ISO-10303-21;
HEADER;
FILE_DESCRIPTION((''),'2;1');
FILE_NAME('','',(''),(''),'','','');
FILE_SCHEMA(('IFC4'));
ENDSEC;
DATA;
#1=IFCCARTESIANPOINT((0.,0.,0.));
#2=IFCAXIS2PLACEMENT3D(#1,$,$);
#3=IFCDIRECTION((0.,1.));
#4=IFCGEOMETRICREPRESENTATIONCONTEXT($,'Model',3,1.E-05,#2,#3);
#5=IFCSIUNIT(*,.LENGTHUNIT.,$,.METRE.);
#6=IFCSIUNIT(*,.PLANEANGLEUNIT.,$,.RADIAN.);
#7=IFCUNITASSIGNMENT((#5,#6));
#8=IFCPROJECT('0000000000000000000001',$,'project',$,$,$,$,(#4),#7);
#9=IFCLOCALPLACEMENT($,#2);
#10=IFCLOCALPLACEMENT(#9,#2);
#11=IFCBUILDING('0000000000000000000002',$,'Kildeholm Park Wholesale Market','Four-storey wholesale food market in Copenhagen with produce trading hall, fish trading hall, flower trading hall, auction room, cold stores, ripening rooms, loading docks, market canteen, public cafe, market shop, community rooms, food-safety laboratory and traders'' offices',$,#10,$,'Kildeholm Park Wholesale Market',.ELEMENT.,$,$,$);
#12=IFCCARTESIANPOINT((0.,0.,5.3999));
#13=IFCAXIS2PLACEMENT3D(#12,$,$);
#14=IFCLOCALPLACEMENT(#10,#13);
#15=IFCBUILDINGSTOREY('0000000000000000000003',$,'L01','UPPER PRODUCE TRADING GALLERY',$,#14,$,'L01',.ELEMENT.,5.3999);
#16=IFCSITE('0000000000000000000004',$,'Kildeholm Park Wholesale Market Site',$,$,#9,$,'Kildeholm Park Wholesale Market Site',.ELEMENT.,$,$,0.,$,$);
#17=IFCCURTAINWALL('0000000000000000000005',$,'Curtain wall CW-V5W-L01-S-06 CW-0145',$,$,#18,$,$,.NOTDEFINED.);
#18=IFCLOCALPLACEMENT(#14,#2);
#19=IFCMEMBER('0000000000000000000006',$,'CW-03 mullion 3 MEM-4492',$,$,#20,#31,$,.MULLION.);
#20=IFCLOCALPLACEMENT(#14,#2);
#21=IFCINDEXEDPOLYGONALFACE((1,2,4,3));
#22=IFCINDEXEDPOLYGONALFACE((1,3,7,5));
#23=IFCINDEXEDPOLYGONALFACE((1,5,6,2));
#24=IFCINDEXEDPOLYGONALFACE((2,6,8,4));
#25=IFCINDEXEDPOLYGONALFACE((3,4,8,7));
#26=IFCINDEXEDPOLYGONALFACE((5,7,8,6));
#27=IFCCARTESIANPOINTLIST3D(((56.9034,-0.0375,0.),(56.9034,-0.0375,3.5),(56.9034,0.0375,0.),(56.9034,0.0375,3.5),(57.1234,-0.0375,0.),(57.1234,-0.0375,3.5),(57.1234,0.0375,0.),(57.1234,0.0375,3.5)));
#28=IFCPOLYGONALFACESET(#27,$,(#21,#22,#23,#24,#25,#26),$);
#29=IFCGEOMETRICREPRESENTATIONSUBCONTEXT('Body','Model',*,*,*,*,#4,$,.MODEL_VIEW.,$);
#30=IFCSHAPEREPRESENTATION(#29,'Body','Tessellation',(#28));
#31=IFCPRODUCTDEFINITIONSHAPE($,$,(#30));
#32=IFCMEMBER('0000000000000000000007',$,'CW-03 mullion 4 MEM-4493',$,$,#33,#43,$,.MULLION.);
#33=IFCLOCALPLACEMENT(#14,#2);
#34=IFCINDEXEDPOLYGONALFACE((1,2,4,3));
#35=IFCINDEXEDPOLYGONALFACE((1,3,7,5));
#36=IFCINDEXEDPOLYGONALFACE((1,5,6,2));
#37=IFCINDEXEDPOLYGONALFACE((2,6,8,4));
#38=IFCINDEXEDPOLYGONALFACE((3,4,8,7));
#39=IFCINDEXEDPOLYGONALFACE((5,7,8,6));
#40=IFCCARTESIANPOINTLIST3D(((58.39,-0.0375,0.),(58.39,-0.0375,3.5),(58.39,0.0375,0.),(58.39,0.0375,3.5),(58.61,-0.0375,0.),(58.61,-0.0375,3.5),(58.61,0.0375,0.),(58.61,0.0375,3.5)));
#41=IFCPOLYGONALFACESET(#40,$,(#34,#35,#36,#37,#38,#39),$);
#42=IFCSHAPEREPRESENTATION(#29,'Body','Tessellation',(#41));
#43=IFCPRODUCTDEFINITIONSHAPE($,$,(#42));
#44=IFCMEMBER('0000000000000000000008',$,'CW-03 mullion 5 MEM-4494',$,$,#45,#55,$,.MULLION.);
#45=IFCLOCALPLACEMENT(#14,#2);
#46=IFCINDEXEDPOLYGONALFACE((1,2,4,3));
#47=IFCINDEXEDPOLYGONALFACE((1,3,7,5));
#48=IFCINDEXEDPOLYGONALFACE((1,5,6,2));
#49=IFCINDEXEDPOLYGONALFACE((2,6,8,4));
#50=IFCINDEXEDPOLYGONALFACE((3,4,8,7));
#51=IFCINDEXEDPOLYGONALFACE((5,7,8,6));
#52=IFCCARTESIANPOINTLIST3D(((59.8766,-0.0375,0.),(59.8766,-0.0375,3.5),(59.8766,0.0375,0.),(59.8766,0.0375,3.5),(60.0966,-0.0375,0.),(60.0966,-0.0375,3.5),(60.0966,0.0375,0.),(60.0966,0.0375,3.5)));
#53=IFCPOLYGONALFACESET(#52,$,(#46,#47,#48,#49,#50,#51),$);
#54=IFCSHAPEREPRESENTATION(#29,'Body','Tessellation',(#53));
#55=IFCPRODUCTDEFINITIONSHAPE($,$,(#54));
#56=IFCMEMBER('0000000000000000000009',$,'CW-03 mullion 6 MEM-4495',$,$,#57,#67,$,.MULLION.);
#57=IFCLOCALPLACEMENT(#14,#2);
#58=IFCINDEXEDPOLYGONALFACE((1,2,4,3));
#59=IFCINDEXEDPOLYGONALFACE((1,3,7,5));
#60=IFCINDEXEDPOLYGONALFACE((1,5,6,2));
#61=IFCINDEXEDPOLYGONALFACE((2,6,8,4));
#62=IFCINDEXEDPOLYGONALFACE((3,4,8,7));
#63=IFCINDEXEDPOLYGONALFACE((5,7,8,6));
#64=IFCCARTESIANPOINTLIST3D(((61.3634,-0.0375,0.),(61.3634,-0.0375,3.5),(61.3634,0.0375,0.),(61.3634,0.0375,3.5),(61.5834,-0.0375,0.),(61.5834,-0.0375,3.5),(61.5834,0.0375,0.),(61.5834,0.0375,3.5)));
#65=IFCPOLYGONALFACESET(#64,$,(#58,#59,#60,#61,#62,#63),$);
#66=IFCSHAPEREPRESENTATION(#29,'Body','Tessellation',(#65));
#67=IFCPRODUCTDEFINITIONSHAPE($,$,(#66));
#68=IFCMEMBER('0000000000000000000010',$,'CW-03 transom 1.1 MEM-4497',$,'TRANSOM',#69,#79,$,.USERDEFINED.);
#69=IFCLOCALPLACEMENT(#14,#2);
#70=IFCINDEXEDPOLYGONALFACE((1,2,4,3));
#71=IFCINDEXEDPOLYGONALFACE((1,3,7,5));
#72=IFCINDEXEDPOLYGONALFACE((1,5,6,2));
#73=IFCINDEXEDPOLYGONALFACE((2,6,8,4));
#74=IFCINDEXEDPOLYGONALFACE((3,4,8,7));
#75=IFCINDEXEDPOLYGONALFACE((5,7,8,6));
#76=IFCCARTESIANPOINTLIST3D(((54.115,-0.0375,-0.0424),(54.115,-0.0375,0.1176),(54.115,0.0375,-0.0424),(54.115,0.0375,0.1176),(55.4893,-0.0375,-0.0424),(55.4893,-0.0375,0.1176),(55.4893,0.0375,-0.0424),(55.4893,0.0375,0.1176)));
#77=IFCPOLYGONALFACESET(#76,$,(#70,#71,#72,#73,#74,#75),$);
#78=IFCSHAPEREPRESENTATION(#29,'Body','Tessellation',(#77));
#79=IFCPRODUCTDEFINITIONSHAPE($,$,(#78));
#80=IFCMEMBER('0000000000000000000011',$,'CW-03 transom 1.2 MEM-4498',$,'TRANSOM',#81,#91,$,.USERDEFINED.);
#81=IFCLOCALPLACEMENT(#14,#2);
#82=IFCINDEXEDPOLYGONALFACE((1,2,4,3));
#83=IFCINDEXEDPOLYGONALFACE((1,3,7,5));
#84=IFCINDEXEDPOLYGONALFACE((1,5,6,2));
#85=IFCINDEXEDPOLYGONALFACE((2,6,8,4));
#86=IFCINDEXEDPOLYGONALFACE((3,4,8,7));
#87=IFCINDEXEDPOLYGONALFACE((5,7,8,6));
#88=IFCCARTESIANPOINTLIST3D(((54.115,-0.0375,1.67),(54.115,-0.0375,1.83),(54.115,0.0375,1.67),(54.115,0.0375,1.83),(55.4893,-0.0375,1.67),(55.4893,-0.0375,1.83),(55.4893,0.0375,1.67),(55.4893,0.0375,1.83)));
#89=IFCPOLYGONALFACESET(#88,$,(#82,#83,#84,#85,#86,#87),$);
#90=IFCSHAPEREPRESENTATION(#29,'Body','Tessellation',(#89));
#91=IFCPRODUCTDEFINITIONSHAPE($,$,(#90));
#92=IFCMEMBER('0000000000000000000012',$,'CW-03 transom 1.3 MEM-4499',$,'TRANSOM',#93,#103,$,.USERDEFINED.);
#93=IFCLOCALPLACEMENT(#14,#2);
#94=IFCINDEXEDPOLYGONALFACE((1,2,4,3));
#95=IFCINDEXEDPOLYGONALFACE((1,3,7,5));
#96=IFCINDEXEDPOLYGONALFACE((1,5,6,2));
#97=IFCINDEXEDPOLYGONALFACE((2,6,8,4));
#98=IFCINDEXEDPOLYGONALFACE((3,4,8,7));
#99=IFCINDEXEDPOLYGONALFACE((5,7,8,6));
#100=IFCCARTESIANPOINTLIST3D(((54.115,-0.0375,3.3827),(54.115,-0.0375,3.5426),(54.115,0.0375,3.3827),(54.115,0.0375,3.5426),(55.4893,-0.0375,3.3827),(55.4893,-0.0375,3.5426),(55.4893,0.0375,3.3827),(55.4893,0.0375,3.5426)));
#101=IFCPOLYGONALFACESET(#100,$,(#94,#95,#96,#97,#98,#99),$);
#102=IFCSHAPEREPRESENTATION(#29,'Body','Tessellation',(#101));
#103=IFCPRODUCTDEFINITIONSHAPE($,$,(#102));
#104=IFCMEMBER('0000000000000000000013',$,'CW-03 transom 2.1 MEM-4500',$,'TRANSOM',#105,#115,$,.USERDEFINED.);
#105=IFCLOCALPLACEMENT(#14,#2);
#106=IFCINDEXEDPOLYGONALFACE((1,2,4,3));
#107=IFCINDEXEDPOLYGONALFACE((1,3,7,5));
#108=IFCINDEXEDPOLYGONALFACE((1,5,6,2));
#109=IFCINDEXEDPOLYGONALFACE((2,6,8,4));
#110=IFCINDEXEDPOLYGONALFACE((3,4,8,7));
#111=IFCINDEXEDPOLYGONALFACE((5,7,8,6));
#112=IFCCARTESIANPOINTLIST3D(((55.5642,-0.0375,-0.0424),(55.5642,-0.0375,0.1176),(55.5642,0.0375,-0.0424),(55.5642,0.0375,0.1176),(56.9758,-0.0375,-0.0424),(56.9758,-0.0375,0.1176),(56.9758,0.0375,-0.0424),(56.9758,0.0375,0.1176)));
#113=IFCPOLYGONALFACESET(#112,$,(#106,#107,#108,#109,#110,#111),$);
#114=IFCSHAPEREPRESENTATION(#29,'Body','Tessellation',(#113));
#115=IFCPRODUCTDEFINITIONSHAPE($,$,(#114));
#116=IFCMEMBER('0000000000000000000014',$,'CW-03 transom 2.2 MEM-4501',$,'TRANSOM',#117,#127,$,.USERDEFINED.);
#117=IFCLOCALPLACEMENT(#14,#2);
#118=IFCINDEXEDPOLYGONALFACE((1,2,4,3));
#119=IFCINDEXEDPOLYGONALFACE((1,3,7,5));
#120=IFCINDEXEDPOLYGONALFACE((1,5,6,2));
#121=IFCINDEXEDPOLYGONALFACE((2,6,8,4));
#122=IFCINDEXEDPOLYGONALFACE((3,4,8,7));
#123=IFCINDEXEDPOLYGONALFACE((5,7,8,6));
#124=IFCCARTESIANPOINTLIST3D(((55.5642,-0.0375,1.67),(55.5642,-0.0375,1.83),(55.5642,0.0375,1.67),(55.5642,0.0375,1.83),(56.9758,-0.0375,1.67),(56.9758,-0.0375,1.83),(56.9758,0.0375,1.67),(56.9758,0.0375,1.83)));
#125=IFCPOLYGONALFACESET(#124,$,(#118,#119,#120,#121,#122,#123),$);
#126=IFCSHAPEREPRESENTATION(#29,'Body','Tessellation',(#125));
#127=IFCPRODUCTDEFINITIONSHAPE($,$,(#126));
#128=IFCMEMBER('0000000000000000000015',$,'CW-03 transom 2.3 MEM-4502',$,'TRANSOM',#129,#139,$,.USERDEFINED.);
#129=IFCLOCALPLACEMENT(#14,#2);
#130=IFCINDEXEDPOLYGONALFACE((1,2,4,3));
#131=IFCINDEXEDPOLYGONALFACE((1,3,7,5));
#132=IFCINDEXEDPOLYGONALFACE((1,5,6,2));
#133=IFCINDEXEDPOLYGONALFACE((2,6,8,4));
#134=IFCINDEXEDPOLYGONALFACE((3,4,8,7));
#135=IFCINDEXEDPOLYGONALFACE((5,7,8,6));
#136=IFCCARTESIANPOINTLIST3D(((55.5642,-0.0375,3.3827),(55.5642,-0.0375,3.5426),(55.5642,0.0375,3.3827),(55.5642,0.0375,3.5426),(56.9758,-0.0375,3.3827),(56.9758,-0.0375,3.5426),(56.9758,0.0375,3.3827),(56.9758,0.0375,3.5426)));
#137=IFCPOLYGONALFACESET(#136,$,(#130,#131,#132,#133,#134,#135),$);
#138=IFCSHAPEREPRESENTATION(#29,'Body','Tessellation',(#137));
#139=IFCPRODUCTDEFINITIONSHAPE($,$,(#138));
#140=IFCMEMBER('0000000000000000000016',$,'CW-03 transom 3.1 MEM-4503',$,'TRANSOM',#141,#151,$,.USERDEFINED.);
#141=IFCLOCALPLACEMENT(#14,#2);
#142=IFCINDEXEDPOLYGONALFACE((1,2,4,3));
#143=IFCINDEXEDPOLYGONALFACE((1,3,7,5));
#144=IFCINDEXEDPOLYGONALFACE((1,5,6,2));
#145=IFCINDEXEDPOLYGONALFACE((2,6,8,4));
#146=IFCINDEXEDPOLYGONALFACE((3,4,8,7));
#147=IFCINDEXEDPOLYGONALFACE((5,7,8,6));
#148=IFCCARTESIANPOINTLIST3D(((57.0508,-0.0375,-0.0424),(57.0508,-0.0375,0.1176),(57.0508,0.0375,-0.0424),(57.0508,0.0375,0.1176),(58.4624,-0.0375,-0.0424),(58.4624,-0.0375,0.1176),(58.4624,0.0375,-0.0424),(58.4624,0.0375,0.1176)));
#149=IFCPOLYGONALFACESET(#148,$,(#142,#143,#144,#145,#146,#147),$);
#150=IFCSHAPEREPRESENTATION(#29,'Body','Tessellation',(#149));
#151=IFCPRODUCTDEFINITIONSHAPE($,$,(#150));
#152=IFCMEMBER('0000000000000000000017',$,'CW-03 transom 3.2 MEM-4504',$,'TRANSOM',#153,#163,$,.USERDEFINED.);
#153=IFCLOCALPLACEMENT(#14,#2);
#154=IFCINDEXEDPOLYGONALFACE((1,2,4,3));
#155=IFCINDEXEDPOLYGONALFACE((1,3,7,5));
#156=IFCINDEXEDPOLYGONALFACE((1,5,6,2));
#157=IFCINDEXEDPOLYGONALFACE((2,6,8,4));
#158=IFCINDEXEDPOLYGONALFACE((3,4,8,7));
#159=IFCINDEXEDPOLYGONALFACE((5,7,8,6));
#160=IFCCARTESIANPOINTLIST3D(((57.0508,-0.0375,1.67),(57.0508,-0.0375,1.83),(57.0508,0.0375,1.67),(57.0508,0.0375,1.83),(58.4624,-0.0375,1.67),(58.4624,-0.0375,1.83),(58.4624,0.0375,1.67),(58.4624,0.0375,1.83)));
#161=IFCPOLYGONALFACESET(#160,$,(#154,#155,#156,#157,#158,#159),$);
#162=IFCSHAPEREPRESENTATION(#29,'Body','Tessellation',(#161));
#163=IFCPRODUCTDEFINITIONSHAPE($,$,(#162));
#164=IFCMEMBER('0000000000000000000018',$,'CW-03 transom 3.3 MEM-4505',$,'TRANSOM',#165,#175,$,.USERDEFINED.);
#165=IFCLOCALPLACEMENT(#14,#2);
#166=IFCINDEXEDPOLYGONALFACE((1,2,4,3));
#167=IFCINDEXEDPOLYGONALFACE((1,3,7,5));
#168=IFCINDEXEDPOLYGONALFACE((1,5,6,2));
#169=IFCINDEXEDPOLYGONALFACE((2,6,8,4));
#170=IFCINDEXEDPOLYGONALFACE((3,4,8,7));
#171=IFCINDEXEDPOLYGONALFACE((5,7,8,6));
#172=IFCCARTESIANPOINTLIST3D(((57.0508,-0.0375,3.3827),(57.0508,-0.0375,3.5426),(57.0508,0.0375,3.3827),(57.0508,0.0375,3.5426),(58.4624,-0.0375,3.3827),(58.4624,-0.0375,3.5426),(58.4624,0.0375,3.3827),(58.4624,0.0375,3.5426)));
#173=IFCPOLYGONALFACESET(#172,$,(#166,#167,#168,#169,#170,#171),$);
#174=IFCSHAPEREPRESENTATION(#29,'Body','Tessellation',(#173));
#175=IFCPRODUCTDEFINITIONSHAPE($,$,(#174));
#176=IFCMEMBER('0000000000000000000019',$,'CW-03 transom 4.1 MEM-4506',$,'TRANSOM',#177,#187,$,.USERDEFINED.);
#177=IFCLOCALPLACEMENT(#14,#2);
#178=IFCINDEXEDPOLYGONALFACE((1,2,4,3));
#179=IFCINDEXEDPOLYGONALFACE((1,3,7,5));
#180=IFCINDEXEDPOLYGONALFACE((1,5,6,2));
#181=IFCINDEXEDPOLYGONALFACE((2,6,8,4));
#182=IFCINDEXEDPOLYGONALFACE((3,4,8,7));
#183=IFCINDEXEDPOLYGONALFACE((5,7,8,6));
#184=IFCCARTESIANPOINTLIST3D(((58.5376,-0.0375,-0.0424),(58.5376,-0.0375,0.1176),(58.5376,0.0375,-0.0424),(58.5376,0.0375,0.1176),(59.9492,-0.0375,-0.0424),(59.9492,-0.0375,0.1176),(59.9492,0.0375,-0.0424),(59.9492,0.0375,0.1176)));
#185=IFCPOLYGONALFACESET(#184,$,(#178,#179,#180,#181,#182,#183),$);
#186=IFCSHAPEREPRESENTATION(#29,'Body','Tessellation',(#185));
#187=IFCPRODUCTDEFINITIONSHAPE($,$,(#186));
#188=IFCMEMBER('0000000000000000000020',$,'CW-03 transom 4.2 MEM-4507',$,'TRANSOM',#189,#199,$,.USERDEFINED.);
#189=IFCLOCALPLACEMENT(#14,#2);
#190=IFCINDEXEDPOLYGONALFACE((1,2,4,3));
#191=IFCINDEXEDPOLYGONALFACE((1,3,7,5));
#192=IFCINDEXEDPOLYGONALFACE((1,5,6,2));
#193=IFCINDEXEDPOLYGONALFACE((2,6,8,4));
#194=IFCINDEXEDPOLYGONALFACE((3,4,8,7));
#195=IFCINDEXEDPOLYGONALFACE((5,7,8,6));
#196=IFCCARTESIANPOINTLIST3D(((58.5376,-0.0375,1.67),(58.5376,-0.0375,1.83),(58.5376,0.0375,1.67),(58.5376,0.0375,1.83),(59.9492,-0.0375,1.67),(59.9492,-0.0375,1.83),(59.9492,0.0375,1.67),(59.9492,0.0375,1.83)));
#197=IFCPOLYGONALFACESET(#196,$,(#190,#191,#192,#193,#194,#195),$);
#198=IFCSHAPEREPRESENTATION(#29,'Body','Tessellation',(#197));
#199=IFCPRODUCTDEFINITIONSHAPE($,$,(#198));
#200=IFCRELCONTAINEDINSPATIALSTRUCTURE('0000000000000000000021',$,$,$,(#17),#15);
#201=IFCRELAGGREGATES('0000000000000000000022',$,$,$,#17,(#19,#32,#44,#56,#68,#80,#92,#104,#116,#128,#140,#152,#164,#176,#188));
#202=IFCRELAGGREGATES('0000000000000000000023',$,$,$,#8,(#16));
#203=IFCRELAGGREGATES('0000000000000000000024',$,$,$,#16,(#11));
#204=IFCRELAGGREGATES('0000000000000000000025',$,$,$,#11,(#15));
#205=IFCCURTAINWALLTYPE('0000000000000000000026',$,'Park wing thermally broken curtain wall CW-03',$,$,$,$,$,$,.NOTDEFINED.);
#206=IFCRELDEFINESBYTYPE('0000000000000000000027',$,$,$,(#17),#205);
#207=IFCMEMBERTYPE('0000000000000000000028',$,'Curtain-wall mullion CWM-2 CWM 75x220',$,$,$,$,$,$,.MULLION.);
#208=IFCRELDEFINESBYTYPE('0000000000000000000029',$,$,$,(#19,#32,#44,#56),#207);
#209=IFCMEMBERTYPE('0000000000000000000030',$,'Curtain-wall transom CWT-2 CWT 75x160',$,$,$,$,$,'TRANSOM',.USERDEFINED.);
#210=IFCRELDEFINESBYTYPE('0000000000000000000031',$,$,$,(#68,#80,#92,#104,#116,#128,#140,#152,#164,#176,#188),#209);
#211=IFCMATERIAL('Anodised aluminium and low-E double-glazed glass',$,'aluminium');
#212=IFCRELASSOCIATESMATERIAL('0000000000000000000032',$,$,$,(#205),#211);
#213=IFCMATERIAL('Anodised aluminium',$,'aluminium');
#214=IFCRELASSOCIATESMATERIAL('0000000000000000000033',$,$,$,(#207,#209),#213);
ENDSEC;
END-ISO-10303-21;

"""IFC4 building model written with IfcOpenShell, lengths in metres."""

from ifc_helpers import new_model, si_unit, direction, frame, origin, origin_2d, place, context, subcontext, project, spatial, rectangle, extrude, material, material_profile, profile_set, type_object, element, aggregate, save


model = new_model("IFC4")

# Units and contexts
model_context = context("Model", 3, precision=1e-05, world=origin(), true_north=direction((0.0, 1.0)))
body_context = subcontext(model_context, "Body", "Model", "MODEL_VIEW")
ifc_project = project(units=[si_unit("LENGTHUNIT", "METRE"), si_unit("PLANEANGLEUNIT", "RADIAN")], contexts=[model_context])

# Site, building, storey
site_placement = place(None, origin())
site = spatial("IfcSite", under=ifc_project, at=site_placement, Name="Kildeholm Park Wholesale Market Site", LongName="Kildeholm Park Wholesale Market Site", CompositionType="ELEMENT", RefElevation=0.0)
building_placement = place(site_placement, origin())
building = spatial("IfcBuilding", under=site, at=building_placement, Name="Kildeholm Park Wholesale Market", Description="Four-storey wholesale food market in Copenhagen with produce trading hall, fish trading hall, flower trading hall, auction room, cold stores, ripening rooms, loading docks, market canteen, public cafe, market shop, community rooms, food-safety laboratory and traders' offices", LongName="Kildeholm Park Wholesale Market", CompositionType="ELEMENT")
storey_placement = place(building_placement, frame((0.0, 0.0, 5.3999)))
storey = spatial("IfcBuildingStorey", under=building, at=storey_placement, Name="L01", Description="UPPER PRODUCE TRADING GALLERY", LongName="L01", CompositionType="ELEMENT", Elevation=5.3999)

# Curtain wall, members
ifc_material_1 = material(Name="Anodised aluminium and low-E double-glazed glass", Category="aluminium")
curtain_wall_type = type_object("IfcCurtainWallType", Name="Park wing thermally broken curtain wall CW-03", PredefinedType="NOTDEFINED", material=ifc_material_1)
curtain_wall_placement = place(storey_placement, origin())
curtain_wall = element("IfcCurtainWall", 1, at=curtain_wall_placement, inside=storey, type_object=curtain_wall_type, Name="Curtain wall CW-V5W-L01-S-06 CW-0145", PredefinedType="NOTDEFINED")
ifc_material_2 = material(Name="Anodised aluminium", Category="aluminium")
ifc_material_profile_1 = material_profile(ifc_material_2, rectangle(XDim=0.075, YDim=0.22, at=origin_2d()), Name="CWM 75x220")
ifc_profile_set_1 = profile_set([ifc_material_profile_1], Name="Anodised aluminium")
member_type_1 = type_object("IfcMemberType", Name="Curtain-wall mullion CWM-2 CWM 75x220", PredefinedType="MULLION", material=ifc_profile_set_1)
member_1_placement = place(storey_placement, frame((57.0134, 0.0, 0.0), z_axis=(0.0, 0.0, 1.0), x_axis=(0.0, 1.0, 0.0)))
member_1 = element("IfcMember", 2, at=member_1_placement, type_object=member_type_1, Name="CW-03 mullion 3 MEM-4492", PredefinedType="MULLION", context=body_context, shape_type="SweptSolid", body=[
    extrude(rectangle(XDim=0.075, YDim=0.22, at=origin_2d()), origin(), (0.0, 0.0, 1.0), 3.5),
])
member_2_placement = place(storey_placement, frame((58.5, 0.0, 0.0), z_axis=(0.0, 0.0, 1.0), x_axis=(0.0, 1.0, 0.0)))
member_2 = element("IfcMember", 3, at=member_2_placement, type_object=member_type_1, Name="CW-03 mullion 4 MEM-4493", PredefinedType="MULLION", context=body_context, shape_type="SweptSolid", body=[
    extrude(rectangle(XDim=0.075, YDim=0.22, at=origin_2d()), origin(), (0.0, 0.0, 1.0), 3.5),
])
member_3_placement = place(storey_placement, frame((59.9866, 0.0, 0.0), z_axis=(0.0, 0.0, 1.0), x_axis=(0.0, 1.0, 0.0)))
member_3 = element("IfcMember", 4, at=member_3_placement, type_object=member_type_1, Name="CW-03 mullion 5 MEM-4494", PredefinedType="MULLION", context=body_context, shape_type="SweptSolid", body=[
    extrude(rectangle(XDim=0.075, YDim=0.22, at=origin_2d()), origin(), (0.0, 0.0, 1.0), 3.5),
])
member_4_placement = place(storey_placement, frame((61.4734, 0.0, 0.0), z_axis=(0.0, 0.0, 1.0), x_axis=(0.0, 1.0, 0.0)))
member_4 = element("IfcMember", 5, at=member_4_placement, type_object=member_type_1, Name="CW-03 mullion 6 MEM-4495", PredefinedType="MULLION", context=body_context, shape_type="SweptSolid", body=[
    extrude(rectangle(XDim=0.075, YDim=0.22, at=origin_2d()), origin(), (0.0, 0.0, 1.0), 3.5),
])
ifc_material_profile_2 = material_profile(ifc_material_2, rectangle(XDim=0.075, YDim=0.1599, at=origin_2d()), Name="CWT 75x160")
ifc_profile_set_2 = profile_set([ifc_material_profile_2], Name="Anodised aluminium")
member_type_2 = type_object("IfcMemberType", Name="Curtain-wall transom CWT-2 CWT 75x160", ElementType="TRANSOM", PredefinedType="USERDEFINED", material=ifc_profile_set_2)
member_5_placement = place(storey_placement, frame((54.115, 0.0, 0.0376), z_axis=(1.0, 0.0, 0.0), x_axis=(0.0, 1.0, 0.0)))
member_5 = element("IfcMember", 6, at=member_5_placement, type_object=member_type_2, Name="CW-03 transom 1.1 MEM-4497", ObjectType="TRANSOM", PredefinedType="USERDEFINED", context=body_context, shape_type="SweptSolid", body=[
    extrude(rectangle(XDim=0.075, YDim=0.1599, at=origin_2d()), origin(), (0.0, 0.0, 1.0), 1.3743),
])
member_6_placement = place(storey_placement, frame((54.115, 0.0, 1.75), z_axis=(1.0, 0.0, 0.0), x_axis=(0.0, 1.0, 0.0)))
member_6 = element("IfcMember", 7, at=member_6_placement, type_object=member_type_2, Name="CW-03 transom 1.2 MEM-4498", ObjectType="TRANSOM", PredefinedType="USERDEFINED", context=body_context, shape_type="SweptSolid", body=[
    extrude(rectangle(XDim=0.075, YDim=0.1599, at=origin_2d()), origin(), (0.0, 0.0, 1.0), 1.3743),
])
member_7_placement = place(storey_placement, frame((54.115, 0.0, 3.4626), z_axis=(1.0, 0.0, 0.0), x_axis=(0.0, 1.0, 0.0)))
member_7 = element("IfcMember", 8, at=member_7_placement, type_object=member_type_2, Name="CW-03 transom 1.3 MEM-4499", ObjectType="TRANSOM", PredefinedType="USERDEFINED", context=body_context, shape_type="SweptSolid", body=[
    extrude(rectangle(XDim=0.075, YDim=0.1599, at=origin_2d()), origin(), (0.0, 0.0, 1.0), 1.3743),
])
member_8_placement = place(storey_placement, frame((55.5642, 0.0, 0.0376), z_axis=(1.0, 0.0, 0.0), x_axis=(0.0, 1.0, 0.0)))
member_8 = element("IfcMember", 9, at=member_8_placement, type_object=member_type_2, Name="CW-03 transom 2.1 MEM-4500", ObjectType="TRANSOM", PredefinedType="USERDEFINED", context=body_context, shape_type="SweptSolid", body=[
    extrude(rectangle(XDim=0.075, YDim=0.1599, at=origin_2d()), origin(), (0.0, 0.0, 1.0), 1.4116),
])
member_9_placement = place(storey_placement, frame((55.5642, 0.0, 1.75), z_axis=(1.0, 0.0, 0.0), x_axis=(0.0, 1.0, 0.0)))
member_9 = element("IfcMember", 10, at=member_9_placement, type_object=member_type_2, Name="CW-03 transom 2.2 MEM-4501", ObjectType="TRANSOM", PredefinedType="USERDEFINED", context=body_context, shape_type="SweptSolid", body=[
    extrude(rectangle(XDim=0.075, YDim=0.1599, at=origin_2d()), origin(), (0.0, 0.0, 1.0), 1.4116),
])
member_10_placement = place(storey_placement, frame((55.5642, 0.0, 3.4626), z_axis=(1.0, 0.0, 0.0), x_axis=(0.0, 1.0, 0.0)))
member_10 = element("IfcMember", 11, at=member_10_placement, type_object=member_type_2, Name="CW-03 transom 2.3 MEM-4502", ObjectType="TRANSOM", PredefinedType="USERDEFINED", context=body_context, shape_type="SweptSolid", body=[
    extrude(rectangle(XDim=0.075, YDim=0.1599, at=origin_2d()), origin(), (0.0, 0.0, 1.0), 1.4116),
])
member_11_placement = place(storey_placement, frame((57.0508, 0.0, 0.0376), z_axis=(1.0, 0.0, 0.0), x_axis=(0.0, 1.0, 0.0)))
member_11 = element("IfcMember", 12, at=member_11_placement, type_object=member_type_2, Name="CW-03 transom 3.1 MEM-4503", ObjectType="TRANSOM", PredefinedType="USERDEFINED", context=body_context, shape_type="SweptSolid", body=[
    extrude(rectangle(XDim=0.075, YDim=0.1599, at=origin_2d()), origin(), (0.0, 0.0, 1.0), 1.4116),
])
member_12_placement = place(storey_placement, frame((57.0508, 0.0, 1.75), z_axis=(1.0, 0.0, 0.0), x_axis=(0.0, 1.0, 0.0)))
member_12 = element("IfcMember", 13, at=member_12_placement, type_object=member_type_2, Name="CW-03 transom 3.2 MEM-4504", ObjectType="TRANSOM", PredefinedType="USERDEFINED", context=body_context, shape_type="SweptSolid", body=[
    extrude(rectangle(XDim=0.075, YDim=0.1599, at=origin_2d()), origin(), (0.0, 0.0, 1.0), 1.4116),
])
member_13_placement = place(storey_placement, frame((57.0508, 0.0, 3.4626), z_axis=(1.0, 0.0, 0.0), x_axis=(0.0, 1.0, 0.0)))
member_13 = element("IfcMember", 14, at=member_13_placement, type_object=member_type_2, Name="CW-03 transom 3.3 MEM-4505", ObjectType="TRANSOM", PredefinedType="USERDEFINED", context=body_context, shape_type="SweptSolid", body=[
    extrude(rectangle(XDim=0.075, YDim=0.1599, at=origin_2d()), origin(), (0.0, 0.0, 1.0), 1.4116),
])
member_14_placement = place(storey_placement, frame((58.5376, 0.0, 0.0376), z_axis=(1.0, 0.0, 0.0), x_axis=(0.0, 1.0, 0.0)))
member_14 = element("IfcMember", 15, at=member_14_placement, type_object=member_type_2, Name="CW-03 transom 4.1 MEM-4506", ObjectType="TRANSOM", PredefinedType="USERDEFINED", context=body_context, shape_type="SweptSolid", body=[
    extrude(rectangle(XDim=0.075, YDim=0.1599, at=origin_2d()), origin(), (0.0, 0.0, 1.0), 1.4116),
])
member_15_placement = place(storey_placement, frame((58.5376, 0.0, 1.75), z_axis=(1.0, 0.0, 0.0), x_axis=(0.0, 1.0, 0.0)))
member_15 = element("IfcMember", 16, at=member_15_placement, type_object=member_type_2, Name="CW-03 transom 4.2 MEM-4507", ObjectType="TRANSOM", PredefinedType="USERDEFINED", context=body_context, shape_type="SweptSolid", body=[
    extrude(rectangle(XDim=0.075, YDim=0.1599, at=origin_2d()), origin(), (0.0, 0.0, 1.0), 1.4116),
])
aggregate(curtain_wall, [member_1, member_2, member_3, member_4, member_5, member_6, member_7, member_8, member_9, member_10, member_11, member_12, member_13, member_14, member_15])

save(model, "model.ifc")
